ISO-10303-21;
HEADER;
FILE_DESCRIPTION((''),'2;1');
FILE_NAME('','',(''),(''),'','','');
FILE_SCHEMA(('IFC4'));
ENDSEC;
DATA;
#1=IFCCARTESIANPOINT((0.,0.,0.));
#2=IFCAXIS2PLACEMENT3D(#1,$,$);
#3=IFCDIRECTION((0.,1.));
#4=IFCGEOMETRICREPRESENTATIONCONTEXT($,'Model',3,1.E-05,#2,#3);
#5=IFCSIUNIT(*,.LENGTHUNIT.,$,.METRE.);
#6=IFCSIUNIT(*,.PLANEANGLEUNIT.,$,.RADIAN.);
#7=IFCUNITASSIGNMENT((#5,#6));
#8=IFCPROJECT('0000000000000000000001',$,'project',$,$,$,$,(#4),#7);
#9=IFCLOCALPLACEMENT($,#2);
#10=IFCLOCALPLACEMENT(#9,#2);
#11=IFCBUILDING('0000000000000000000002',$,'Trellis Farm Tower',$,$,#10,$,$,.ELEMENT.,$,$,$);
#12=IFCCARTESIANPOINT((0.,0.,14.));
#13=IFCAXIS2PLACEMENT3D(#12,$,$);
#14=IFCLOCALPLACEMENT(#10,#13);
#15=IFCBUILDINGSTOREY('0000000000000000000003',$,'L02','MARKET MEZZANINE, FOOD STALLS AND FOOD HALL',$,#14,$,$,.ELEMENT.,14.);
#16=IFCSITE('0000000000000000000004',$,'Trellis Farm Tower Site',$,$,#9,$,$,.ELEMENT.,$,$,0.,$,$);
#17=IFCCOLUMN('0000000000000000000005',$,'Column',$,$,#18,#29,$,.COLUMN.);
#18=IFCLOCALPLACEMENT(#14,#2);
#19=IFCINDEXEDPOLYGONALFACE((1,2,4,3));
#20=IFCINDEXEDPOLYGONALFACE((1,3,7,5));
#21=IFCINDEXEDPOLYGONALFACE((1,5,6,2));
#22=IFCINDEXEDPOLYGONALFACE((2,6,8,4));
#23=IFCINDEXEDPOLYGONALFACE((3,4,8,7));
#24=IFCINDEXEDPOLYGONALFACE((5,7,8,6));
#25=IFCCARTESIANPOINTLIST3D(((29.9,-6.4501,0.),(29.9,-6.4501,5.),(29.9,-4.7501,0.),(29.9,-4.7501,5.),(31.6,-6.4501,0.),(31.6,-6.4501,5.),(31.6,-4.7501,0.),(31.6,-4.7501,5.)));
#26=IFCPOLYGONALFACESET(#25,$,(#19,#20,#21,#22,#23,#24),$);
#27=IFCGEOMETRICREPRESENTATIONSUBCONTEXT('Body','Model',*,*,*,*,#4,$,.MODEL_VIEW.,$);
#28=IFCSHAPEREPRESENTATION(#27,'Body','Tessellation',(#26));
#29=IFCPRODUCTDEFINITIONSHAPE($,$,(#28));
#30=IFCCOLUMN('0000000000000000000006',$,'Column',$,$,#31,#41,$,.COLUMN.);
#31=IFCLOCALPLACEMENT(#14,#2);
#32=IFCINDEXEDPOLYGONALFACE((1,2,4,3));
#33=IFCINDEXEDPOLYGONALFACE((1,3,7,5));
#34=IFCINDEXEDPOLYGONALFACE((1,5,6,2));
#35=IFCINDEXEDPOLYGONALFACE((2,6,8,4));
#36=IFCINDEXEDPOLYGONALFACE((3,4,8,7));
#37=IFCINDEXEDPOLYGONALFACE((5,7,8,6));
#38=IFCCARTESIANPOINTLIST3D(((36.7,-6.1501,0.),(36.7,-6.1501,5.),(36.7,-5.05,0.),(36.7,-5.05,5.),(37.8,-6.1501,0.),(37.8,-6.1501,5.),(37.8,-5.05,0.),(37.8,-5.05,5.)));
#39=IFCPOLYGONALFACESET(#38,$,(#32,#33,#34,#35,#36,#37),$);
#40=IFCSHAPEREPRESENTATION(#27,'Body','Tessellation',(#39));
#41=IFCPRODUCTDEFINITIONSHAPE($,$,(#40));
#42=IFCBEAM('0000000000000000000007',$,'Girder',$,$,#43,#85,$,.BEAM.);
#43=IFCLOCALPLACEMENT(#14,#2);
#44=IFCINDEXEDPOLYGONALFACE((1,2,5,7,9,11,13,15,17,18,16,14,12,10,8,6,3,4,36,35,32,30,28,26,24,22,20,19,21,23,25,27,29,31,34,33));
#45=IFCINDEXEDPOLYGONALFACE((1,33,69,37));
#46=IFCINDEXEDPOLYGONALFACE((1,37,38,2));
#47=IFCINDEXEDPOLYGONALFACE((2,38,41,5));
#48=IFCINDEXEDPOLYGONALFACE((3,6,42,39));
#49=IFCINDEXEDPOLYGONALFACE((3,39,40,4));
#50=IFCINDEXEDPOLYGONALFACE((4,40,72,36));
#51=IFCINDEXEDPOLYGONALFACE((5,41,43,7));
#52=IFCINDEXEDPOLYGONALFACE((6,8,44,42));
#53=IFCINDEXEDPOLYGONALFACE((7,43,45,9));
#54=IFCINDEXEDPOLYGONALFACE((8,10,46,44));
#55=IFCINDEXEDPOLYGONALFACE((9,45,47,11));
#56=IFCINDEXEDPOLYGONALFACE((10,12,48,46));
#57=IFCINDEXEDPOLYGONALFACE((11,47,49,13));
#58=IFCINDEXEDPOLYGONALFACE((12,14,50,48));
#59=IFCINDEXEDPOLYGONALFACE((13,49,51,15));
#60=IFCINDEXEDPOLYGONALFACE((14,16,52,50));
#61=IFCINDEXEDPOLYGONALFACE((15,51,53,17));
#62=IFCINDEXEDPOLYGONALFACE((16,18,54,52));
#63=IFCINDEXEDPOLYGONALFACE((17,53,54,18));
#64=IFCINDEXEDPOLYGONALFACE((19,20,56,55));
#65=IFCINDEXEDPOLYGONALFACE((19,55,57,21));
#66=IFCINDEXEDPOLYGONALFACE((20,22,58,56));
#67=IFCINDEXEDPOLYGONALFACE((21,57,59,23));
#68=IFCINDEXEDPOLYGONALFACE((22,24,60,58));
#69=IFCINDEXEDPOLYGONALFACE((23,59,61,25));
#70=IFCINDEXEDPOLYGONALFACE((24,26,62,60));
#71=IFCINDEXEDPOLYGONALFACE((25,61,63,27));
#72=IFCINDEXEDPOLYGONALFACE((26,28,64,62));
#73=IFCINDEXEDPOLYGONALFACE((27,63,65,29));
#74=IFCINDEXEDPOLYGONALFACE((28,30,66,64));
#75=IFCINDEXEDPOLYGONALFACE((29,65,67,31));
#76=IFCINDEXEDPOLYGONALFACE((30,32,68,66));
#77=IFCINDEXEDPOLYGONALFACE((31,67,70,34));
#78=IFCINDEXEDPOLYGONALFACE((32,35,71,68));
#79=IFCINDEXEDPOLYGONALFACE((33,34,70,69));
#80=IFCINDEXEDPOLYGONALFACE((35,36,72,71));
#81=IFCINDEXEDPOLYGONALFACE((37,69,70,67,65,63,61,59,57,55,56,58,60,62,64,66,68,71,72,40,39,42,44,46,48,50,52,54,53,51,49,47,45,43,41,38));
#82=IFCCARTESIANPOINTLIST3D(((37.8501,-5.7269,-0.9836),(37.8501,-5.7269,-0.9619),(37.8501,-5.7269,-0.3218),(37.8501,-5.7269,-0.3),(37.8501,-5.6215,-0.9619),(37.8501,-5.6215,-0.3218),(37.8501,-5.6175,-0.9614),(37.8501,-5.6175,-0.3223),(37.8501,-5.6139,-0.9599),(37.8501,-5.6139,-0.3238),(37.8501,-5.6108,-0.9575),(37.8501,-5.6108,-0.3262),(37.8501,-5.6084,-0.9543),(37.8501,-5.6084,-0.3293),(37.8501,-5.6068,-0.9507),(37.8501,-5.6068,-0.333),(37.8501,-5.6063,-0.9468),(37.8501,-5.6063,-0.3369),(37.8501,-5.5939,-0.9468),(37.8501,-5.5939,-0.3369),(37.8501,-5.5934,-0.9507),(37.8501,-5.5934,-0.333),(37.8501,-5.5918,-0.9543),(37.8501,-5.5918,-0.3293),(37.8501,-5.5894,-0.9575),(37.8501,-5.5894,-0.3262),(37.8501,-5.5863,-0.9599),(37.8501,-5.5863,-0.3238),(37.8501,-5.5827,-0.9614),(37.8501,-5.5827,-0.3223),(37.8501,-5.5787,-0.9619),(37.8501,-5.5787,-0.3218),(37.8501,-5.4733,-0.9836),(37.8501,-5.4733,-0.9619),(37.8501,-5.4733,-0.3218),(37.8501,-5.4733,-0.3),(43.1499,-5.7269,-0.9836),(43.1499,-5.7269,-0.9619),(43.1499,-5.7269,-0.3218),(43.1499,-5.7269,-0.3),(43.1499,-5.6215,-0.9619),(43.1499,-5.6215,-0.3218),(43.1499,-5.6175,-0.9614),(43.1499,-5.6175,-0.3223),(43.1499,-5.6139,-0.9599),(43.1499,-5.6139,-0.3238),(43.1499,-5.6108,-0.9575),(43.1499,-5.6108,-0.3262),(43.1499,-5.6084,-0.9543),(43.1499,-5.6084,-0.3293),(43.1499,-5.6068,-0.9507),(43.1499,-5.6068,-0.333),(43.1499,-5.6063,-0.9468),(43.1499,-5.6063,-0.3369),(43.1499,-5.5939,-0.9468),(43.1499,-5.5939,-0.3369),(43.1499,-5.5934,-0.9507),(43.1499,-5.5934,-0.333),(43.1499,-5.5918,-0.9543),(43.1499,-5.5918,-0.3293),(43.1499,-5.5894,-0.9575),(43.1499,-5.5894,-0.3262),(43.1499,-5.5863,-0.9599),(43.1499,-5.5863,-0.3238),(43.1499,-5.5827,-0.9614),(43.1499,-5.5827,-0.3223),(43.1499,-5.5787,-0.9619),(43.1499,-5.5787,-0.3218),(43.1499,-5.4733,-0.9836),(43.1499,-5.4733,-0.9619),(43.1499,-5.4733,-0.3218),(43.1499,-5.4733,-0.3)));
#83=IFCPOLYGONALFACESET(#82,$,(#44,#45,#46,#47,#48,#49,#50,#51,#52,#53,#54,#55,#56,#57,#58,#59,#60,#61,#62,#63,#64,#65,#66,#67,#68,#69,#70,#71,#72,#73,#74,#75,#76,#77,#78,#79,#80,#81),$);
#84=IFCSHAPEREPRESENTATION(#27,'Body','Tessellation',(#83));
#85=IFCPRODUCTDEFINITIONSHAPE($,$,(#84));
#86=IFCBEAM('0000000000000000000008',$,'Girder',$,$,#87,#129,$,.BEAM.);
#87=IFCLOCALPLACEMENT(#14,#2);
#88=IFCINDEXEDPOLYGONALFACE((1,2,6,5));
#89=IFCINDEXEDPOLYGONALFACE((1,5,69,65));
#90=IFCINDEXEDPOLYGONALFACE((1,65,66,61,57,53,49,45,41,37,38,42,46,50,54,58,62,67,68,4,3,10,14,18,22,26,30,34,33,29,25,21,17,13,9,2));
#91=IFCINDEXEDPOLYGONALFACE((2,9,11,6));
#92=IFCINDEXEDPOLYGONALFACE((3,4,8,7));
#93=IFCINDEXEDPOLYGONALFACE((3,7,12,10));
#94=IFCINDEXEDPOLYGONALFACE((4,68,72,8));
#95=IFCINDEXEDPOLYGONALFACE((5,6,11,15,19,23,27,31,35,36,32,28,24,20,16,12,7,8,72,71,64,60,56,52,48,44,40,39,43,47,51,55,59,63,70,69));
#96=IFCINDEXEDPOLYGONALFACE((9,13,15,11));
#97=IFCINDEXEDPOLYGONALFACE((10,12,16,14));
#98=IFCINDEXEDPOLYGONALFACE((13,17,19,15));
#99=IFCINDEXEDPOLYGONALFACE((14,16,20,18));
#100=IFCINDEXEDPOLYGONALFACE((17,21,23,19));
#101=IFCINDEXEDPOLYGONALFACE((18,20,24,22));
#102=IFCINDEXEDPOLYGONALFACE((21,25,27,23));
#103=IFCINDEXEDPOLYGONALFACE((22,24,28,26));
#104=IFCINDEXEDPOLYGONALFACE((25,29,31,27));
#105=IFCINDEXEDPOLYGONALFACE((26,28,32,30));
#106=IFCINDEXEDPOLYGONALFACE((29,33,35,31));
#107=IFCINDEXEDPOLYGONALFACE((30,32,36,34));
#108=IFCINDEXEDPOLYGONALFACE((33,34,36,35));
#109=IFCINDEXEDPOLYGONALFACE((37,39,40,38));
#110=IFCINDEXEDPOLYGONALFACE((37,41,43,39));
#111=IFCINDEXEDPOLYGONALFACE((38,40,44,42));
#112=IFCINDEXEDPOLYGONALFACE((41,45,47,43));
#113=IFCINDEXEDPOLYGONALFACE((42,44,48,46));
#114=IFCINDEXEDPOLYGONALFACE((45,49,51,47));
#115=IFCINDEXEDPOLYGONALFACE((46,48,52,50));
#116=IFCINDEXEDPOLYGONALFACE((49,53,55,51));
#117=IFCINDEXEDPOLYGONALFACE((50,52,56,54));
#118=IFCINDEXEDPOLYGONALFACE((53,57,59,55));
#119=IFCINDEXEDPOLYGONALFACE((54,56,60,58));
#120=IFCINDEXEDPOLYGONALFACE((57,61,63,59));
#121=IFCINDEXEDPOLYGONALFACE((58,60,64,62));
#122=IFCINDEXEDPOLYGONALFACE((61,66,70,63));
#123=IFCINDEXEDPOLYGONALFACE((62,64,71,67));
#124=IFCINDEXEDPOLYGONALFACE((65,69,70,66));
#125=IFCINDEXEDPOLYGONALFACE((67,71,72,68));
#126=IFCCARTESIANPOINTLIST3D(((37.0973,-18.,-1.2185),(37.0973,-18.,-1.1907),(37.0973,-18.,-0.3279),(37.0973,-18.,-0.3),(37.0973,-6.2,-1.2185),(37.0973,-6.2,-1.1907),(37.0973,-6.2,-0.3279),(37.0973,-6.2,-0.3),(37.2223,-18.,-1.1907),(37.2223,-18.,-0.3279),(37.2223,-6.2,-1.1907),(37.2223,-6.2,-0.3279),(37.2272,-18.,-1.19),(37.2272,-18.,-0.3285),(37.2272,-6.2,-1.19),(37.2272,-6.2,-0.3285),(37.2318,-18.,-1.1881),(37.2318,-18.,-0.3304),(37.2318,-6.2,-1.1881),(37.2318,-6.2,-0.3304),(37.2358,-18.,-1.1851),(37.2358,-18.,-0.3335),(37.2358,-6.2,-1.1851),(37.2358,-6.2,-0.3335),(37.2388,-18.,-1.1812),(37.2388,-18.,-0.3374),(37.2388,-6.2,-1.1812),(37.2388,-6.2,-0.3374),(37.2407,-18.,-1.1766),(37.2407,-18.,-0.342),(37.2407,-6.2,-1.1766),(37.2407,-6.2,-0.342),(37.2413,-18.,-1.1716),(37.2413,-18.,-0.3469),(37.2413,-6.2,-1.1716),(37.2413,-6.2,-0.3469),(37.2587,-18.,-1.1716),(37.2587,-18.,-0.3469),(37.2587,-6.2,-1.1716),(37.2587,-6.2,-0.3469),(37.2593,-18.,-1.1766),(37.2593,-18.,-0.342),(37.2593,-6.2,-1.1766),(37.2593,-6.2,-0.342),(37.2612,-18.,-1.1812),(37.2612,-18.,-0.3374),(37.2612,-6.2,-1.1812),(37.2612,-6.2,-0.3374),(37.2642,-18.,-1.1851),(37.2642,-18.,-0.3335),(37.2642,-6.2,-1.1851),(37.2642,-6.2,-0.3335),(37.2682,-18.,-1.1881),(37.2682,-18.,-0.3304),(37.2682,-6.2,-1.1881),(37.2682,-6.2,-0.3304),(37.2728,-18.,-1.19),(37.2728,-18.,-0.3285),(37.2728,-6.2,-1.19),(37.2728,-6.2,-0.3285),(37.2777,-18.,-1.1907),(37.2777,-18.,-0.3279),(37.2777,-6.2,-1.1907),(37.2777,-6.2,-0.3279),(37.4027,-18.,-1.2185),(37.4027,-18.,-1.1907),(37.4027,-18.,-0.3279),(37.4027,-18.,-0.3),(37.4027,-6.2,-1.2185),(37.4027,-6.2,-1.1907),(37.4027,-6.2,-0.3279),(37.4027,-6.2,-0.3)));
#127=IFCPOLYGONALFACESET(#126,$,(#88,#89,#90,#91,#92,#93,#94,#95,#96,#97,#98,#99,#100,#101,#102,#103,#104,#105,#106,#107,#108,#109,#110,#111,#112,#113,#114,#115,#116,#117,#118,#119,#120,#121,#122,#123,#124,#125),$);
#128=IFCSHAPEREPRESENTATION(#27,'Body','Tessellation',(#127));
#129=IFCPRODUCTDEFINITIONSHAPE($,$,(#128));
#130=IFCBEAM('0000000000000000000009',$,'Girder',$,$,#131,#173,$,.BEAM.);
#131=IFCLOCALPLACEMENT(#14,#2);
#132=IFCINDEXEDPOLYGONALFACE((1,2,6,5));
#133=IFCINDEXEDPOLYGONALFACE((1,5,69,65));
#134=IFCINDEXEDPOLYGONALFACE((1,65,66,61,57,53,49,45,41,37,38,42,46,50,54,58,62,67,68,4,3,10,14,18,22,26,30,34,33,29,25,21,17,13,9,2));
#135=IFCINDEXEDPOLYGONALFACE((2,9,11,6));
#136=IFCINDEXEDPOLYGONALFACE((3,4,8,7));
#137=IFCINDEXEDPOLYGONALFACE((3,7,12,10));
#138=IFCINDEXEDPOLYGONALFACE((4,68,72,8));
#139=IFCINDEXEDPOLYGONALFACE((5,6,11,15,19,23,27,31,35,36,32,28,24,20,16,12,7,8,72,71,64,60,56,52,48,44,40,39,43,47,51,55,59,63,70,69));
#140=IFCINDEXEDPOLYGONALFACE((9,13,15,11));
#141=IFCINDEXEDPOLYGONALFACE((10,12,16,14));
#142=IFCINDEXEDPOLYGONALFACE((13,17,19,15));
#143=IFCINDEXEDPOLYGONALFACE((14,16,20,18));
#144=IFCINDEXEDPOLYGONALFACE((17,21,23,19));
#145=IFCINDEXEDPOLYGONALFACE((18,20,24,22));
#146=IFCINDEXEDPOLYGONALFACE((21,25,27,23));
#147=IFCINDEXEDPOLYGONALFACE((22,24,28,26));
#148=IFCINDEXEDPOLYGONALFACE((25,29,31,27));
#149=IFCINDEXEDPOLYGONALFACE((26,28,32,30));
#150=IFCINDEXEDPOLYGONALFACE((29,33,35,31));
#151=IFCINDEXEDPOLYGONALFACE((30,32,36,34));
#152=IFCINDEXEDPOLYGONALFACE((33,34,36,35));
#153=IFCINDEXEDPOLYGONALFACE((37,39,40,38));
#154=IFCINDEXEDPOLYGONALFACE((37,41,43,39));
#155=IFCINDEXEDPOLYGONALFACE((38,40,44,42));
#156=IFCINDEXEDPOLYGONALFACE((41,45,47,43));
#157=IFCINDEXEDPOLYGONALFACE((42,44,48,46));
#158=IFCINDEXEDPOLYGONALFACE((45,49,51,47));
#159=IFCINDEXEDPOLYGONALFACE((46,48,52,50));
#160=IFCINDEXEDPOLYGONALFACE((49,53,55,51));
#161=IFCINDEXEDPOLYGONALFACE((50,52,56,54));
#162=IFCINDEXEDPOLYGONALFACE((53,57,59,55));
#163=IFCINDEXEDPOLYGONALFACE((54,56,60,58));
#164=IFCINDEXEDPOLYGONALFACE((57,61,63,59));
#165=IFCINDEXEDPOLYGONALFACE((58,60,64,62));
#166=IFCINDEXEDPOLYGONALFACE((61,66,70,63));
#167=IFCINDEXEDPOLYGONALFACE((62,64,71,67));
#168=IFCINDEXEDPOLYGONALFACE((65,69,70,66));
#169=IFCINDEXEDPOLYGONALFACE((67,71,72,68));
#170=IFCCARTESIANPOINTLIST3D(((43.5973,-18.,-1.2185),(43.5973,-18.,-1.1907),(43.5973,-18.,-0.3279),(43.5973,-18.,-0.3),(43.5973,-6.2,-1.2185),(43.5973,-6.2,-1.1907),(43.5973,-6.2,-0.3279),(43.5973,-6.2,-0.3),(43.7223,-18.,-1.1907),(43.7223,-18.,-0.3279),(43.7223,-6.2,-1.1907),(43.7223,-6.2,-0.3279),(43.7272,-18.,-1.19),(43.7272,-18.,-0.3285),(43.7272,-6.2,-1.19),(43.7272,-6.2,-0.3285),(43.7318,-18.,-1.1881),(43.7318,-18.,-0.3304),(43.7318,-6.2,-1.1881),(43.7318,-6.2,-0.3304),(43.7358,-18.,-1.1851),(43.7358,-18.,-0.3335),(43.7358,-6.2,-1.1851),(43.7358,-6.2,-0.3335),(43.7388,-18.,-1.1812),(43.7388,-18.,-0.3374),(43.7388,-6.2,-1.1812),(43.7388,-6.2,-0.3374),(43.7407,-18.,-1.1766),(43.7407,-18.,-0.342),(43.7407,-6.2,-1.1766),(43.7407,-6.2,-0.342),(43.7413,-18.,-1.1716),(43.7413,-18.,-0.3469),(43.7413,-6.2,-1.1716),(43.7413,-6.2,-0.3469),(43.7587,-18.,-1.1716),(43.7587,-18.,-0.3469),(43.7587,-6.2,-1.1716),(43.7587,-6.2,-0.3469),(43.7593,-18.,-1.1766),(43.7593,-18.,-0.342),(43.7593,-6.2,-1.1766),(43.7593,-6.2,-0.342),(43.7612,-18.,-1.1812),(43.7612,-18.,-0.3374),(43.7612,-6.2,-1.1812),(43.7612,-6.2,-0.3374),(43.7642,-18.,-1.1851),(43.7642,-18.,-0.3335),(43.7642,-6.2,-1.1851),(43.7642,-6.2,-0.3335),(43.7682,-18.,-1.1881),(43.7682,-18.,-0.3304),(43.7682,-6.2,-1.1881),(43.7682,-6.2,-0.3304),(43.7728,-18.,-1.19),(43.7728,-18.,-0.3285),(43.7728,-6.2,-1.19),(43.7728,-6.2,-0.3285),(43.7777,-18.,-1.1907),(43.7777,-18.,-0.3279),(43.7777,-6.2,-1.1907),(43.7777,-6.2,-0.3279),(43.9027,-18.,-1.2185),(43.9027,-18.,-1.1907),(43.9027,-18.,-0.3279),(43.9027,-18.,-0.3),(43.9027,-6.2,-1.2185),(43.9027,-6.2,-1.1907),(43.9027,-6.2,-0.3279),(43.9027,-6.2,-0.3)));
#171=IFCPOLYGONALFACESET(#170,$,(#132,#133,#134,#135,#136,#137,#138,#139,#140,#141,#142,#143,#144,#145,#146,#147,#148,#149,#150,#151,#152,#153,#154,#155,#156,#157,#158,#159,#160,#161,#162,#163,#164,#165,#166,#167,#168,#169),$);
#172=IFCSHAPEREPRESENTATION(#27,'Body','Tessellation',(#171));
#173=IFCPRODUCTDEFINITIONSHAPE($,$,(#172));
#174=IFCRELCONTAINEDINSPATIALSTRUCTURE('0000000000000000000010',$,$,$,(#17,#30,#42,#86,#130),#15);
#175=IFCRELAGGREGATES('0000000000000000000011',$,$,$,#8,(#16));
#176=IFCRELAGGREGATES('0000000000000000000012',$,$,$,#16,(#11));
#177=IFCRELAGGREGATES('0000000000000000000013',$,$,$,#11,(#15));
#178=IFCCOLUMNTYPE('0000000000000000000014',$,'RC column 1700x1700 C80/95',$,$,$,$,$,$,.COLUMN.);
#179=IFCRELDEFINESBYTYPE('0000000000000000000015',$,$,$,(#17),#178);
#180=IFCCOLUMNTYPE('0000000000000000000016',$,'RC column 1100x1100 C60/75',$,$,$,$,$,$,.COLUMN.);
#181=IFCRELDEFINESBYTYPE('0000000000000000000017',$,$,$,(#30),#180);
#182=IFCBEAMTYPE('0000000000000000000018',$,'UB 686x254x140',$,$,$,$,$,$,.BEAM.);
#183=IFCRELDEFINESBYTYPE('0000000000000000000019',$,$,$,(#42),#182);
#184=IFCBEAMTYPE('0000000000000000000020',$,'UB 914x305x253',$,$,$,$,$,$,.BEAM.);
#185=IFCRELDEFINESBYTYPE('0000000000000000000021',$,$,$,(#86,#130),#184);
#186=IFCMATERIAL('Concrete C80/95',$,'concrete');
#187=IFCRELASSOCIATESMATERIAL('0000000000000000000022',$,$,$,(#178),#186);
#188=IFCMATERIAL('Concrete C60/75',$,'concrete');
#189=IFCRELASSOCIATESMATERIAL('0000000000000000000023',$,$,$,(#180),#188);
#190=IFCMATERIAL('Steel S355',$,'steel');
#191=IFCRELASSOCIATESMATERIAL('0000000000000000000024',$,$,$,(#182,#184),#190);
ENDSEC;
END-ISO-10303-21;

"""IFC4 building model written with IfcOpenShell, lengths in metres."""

from ifc_helpers import new_model, si_unit, direction, frame, origin, origin_2d, place, context, subcontext, project, spatial, rectangle, i_section, extrude, source, transform, mapped, material, material_profile, profile_set, type_object, element, save


model = new_model("IFC4")

# Units and contexts
model_context = context("Model", 3, precision=1e-05, world=origin(), true_north=direction((0.0, 1.0)))
body_context = subcontext(model_context, "Body", "Model", "MODEL_VIEW")
ifc_project = project(units=[si_unit("LENGTHUNIT", "METRE"), si_unit("PLANEANGLEUNIT", "RADIAN")], contexts=[model_context])

# Site, building, storey
site_placement = place(None, origin())
site = spatial("IfcSite", under=ifc_project, at=site_placement, Name="Trellis Farm Tower Site", CompositionType="ELEMENT", RefElevation=0.0)
building_placement = place(site_placement, origin())
building = spatial("IfcBuilding", under=site, at=building_placement, Name="Trellis Farm Tower", CompositionType="ELEMENT")
storey_placement = place(building_placement, frame((0.0, 0.0, 14.0)))
storey = spatial("IfcBuildingStorey", under=building, at=storey_placement, Name="L02", Description="MARKET MEZZANINE, FOOD STALLS AND FOOD HALL", CompositionType="ELEMENT", Elevation=14.0)

# Columns
ifc_material_1 = material(Name="Concrete C80/95", Category="concrete")
ifc_material_profile_1 = material_profile(ifc_material_1, rectangle(XDim=1.7, YDim=1.7, at=origin_2d()), Name="RC column 1700x1700 C80/95")
ifc_profile_set_1 = profile_set([ifc_material_profile_1], Name="Concrete C80/95")
column_type_1 = type_object("IfcColumnType", Name="RC column 1700x1700 C80/95", PredefinedType="COLUMN", material=ifc_profile_set_1)
shared_shape_1 = source(origin(), body_context, "Body", "SweptSolid", [
    extrude(rectangle(XDim=1.7, YDim=1.7, at=origin_2d()), origin(), (0.0, 0.0, 1.0), 5.0),
])
column_1_placement = place(storey_placement, frame((30.75, -5.6001, 0.0), z_axis=(0.0, 0.0, 1.0), x_axis=(1.0, 0.0, 0.0)))
element("IfcColumn", 1, at=column_1_placement, inside=storey, type_object=column_type_1, Name="Column", PredefinedType="COLUMN", context=body_context, shape_type="MappedRepresentation", body=[
    mapped(shared_shape_1, transform((0.0, 0.0, 0.0))),
])
ifc_material_2 = material(Name="Concrete C60/75", Category="concrete")
ifc_material_profile_2 = material_profile(ifc_material_2, rectangle(XDim=1.1001, YDim=1.1001, at=origin_2d()), Name="RC column 1100x1100 C60/75")
ifc_profile_set_2 = profile_set([ifc_material_profile_2], Name="Concrete C60/75")
column_type_2 = type_object("IfcColumnType", Name="RC column 1100x1100 C60/75", PredefinedType="COLUMN", material=ifc_profile_set_2)
shared_shape_2 = source(origin(), body_context, "Body", "SweptSolid", [
    extrude(rectangle(XDim=1.1001, YDim=1.1001, at=origin_2d()), origin(), (0.0, 0.0, 1.0), 5.0),
])
column_2_placement = place(storey_placement, frame((37.25, -5.6001, 0.0), z_axis=(0.0, 0.0, 1.0), x_axis=(1.0, 0.0, 0.0)))
element("IfcColumn", 2, at=column_2_placement, inside=storey, type_object=column_type_2, Name="Column", PredefinedType="COLUMN", context=body_context, shape_type="MappedRepresentation", body=[
    mapped(shared_shape_2, transform((0.0, 0.0, 0.0))),
])

# Beams
ifc_material_3 = material(Name="Steel S355", Category="steel")
ifc_material_profile_3 = material_profile(ifc_material_3, i_section(OverallWidth=0.2537, OverallDepth=0.6836, WebThickness=0.0125, FlangeThickness=0.0217, FilletRadius=0.0151, at=origin_2d()), Name="UB 686x254x140")
ifc_profile_set_3 = profile_set([ifc_material_profile_3], Name="Steel S355")
beam_type_1 = type_object("IfcBeamType", Name="UB 686x254x140", PredefinedType="BEAM", material=ifc_profile_set_3)
shared_shape_3 = source(origin(), body_context, "Body", "SweptSolid", [
    extrude(i_section(OverallWidth=0.2537, OverallDepth=0.6836, WebThickness=0.0125, FlangeThickness=0.0217, FilletRadius=0.0151, at=origin_2d()), origin(), (0.0, 0.0, 1.0), 5.2998),
])
beam_1_placement = place(storey_placement, frame((37.8501, -5.6001, -0.6418), z_axis=(1.0, 0.0, 0.0), x_axis=(0.0, 1.0, 0.0)))
element("IfcBeam", 3, at=beam_1_placement, inside=storey, type_object=beam_type_1, Name="Girder", PredefinedType="BEAM", context=body_context, shape_type="MappedRepresentation", body=[
    mapped(shared_shape_3, transform((0.0, 0.0, 0.0))),
])
ifc_material_profile_4 = material_profile(ifc_material_3, i_section(OverallWidth=0.3054, OverallDepth=0.9185, WebThickness=0.0173, FlangeThickness=0.0278, FilletRadius=0.019, at=origin_2d()), Name="UB 914x305x253")
ifc_profile_set_4 = profile_set([ifc_material_profile_4], Name="Steel S355")
beam_type_2 = type_object("IfcBeamType", Name="UB 914x305x253", PredefinedType="BEAM", material=ifc_profile_set_4)
shared_shape_4 = source(origin(), body_context, "Body", "SweptSolid", [
    extrude(i_section(OverallWidth=0.3054, OverallDepth=0.9185, WebThickness=0.0173, FlangeThickness=0.0278, FilletRadius=0.019, at=origin_2d()), origin(), (0.0, 0.0, 1.0), 11.8),
])
for number, where, z_axis, x_axis, name in (
    (4, (37.25, -18.0, -0.7593), (0.0, 1.0, 0.0), (-1.0, 0.0, 0.0), "Girder"),
    (5, (43.75, -18.0, -0.7593), (0.0, 1.0, 0.0), (-1.0, 0.0, 0.0), "Girder"),
):
    element("IfcBeam", number, at=place(storey_placement, frame(where, z_axis=z_axis, x_axis=x_axis)), inside=storey, type_object=beam_type_2, Name=name, PredefinedType="BEAM", context=body_context, shape_type="MappedRepresentation", body=[
        mapped(shared_shape_4, transform((0.0, 0.0, 0.0))),
    ])

save(model, "model.ifc")
